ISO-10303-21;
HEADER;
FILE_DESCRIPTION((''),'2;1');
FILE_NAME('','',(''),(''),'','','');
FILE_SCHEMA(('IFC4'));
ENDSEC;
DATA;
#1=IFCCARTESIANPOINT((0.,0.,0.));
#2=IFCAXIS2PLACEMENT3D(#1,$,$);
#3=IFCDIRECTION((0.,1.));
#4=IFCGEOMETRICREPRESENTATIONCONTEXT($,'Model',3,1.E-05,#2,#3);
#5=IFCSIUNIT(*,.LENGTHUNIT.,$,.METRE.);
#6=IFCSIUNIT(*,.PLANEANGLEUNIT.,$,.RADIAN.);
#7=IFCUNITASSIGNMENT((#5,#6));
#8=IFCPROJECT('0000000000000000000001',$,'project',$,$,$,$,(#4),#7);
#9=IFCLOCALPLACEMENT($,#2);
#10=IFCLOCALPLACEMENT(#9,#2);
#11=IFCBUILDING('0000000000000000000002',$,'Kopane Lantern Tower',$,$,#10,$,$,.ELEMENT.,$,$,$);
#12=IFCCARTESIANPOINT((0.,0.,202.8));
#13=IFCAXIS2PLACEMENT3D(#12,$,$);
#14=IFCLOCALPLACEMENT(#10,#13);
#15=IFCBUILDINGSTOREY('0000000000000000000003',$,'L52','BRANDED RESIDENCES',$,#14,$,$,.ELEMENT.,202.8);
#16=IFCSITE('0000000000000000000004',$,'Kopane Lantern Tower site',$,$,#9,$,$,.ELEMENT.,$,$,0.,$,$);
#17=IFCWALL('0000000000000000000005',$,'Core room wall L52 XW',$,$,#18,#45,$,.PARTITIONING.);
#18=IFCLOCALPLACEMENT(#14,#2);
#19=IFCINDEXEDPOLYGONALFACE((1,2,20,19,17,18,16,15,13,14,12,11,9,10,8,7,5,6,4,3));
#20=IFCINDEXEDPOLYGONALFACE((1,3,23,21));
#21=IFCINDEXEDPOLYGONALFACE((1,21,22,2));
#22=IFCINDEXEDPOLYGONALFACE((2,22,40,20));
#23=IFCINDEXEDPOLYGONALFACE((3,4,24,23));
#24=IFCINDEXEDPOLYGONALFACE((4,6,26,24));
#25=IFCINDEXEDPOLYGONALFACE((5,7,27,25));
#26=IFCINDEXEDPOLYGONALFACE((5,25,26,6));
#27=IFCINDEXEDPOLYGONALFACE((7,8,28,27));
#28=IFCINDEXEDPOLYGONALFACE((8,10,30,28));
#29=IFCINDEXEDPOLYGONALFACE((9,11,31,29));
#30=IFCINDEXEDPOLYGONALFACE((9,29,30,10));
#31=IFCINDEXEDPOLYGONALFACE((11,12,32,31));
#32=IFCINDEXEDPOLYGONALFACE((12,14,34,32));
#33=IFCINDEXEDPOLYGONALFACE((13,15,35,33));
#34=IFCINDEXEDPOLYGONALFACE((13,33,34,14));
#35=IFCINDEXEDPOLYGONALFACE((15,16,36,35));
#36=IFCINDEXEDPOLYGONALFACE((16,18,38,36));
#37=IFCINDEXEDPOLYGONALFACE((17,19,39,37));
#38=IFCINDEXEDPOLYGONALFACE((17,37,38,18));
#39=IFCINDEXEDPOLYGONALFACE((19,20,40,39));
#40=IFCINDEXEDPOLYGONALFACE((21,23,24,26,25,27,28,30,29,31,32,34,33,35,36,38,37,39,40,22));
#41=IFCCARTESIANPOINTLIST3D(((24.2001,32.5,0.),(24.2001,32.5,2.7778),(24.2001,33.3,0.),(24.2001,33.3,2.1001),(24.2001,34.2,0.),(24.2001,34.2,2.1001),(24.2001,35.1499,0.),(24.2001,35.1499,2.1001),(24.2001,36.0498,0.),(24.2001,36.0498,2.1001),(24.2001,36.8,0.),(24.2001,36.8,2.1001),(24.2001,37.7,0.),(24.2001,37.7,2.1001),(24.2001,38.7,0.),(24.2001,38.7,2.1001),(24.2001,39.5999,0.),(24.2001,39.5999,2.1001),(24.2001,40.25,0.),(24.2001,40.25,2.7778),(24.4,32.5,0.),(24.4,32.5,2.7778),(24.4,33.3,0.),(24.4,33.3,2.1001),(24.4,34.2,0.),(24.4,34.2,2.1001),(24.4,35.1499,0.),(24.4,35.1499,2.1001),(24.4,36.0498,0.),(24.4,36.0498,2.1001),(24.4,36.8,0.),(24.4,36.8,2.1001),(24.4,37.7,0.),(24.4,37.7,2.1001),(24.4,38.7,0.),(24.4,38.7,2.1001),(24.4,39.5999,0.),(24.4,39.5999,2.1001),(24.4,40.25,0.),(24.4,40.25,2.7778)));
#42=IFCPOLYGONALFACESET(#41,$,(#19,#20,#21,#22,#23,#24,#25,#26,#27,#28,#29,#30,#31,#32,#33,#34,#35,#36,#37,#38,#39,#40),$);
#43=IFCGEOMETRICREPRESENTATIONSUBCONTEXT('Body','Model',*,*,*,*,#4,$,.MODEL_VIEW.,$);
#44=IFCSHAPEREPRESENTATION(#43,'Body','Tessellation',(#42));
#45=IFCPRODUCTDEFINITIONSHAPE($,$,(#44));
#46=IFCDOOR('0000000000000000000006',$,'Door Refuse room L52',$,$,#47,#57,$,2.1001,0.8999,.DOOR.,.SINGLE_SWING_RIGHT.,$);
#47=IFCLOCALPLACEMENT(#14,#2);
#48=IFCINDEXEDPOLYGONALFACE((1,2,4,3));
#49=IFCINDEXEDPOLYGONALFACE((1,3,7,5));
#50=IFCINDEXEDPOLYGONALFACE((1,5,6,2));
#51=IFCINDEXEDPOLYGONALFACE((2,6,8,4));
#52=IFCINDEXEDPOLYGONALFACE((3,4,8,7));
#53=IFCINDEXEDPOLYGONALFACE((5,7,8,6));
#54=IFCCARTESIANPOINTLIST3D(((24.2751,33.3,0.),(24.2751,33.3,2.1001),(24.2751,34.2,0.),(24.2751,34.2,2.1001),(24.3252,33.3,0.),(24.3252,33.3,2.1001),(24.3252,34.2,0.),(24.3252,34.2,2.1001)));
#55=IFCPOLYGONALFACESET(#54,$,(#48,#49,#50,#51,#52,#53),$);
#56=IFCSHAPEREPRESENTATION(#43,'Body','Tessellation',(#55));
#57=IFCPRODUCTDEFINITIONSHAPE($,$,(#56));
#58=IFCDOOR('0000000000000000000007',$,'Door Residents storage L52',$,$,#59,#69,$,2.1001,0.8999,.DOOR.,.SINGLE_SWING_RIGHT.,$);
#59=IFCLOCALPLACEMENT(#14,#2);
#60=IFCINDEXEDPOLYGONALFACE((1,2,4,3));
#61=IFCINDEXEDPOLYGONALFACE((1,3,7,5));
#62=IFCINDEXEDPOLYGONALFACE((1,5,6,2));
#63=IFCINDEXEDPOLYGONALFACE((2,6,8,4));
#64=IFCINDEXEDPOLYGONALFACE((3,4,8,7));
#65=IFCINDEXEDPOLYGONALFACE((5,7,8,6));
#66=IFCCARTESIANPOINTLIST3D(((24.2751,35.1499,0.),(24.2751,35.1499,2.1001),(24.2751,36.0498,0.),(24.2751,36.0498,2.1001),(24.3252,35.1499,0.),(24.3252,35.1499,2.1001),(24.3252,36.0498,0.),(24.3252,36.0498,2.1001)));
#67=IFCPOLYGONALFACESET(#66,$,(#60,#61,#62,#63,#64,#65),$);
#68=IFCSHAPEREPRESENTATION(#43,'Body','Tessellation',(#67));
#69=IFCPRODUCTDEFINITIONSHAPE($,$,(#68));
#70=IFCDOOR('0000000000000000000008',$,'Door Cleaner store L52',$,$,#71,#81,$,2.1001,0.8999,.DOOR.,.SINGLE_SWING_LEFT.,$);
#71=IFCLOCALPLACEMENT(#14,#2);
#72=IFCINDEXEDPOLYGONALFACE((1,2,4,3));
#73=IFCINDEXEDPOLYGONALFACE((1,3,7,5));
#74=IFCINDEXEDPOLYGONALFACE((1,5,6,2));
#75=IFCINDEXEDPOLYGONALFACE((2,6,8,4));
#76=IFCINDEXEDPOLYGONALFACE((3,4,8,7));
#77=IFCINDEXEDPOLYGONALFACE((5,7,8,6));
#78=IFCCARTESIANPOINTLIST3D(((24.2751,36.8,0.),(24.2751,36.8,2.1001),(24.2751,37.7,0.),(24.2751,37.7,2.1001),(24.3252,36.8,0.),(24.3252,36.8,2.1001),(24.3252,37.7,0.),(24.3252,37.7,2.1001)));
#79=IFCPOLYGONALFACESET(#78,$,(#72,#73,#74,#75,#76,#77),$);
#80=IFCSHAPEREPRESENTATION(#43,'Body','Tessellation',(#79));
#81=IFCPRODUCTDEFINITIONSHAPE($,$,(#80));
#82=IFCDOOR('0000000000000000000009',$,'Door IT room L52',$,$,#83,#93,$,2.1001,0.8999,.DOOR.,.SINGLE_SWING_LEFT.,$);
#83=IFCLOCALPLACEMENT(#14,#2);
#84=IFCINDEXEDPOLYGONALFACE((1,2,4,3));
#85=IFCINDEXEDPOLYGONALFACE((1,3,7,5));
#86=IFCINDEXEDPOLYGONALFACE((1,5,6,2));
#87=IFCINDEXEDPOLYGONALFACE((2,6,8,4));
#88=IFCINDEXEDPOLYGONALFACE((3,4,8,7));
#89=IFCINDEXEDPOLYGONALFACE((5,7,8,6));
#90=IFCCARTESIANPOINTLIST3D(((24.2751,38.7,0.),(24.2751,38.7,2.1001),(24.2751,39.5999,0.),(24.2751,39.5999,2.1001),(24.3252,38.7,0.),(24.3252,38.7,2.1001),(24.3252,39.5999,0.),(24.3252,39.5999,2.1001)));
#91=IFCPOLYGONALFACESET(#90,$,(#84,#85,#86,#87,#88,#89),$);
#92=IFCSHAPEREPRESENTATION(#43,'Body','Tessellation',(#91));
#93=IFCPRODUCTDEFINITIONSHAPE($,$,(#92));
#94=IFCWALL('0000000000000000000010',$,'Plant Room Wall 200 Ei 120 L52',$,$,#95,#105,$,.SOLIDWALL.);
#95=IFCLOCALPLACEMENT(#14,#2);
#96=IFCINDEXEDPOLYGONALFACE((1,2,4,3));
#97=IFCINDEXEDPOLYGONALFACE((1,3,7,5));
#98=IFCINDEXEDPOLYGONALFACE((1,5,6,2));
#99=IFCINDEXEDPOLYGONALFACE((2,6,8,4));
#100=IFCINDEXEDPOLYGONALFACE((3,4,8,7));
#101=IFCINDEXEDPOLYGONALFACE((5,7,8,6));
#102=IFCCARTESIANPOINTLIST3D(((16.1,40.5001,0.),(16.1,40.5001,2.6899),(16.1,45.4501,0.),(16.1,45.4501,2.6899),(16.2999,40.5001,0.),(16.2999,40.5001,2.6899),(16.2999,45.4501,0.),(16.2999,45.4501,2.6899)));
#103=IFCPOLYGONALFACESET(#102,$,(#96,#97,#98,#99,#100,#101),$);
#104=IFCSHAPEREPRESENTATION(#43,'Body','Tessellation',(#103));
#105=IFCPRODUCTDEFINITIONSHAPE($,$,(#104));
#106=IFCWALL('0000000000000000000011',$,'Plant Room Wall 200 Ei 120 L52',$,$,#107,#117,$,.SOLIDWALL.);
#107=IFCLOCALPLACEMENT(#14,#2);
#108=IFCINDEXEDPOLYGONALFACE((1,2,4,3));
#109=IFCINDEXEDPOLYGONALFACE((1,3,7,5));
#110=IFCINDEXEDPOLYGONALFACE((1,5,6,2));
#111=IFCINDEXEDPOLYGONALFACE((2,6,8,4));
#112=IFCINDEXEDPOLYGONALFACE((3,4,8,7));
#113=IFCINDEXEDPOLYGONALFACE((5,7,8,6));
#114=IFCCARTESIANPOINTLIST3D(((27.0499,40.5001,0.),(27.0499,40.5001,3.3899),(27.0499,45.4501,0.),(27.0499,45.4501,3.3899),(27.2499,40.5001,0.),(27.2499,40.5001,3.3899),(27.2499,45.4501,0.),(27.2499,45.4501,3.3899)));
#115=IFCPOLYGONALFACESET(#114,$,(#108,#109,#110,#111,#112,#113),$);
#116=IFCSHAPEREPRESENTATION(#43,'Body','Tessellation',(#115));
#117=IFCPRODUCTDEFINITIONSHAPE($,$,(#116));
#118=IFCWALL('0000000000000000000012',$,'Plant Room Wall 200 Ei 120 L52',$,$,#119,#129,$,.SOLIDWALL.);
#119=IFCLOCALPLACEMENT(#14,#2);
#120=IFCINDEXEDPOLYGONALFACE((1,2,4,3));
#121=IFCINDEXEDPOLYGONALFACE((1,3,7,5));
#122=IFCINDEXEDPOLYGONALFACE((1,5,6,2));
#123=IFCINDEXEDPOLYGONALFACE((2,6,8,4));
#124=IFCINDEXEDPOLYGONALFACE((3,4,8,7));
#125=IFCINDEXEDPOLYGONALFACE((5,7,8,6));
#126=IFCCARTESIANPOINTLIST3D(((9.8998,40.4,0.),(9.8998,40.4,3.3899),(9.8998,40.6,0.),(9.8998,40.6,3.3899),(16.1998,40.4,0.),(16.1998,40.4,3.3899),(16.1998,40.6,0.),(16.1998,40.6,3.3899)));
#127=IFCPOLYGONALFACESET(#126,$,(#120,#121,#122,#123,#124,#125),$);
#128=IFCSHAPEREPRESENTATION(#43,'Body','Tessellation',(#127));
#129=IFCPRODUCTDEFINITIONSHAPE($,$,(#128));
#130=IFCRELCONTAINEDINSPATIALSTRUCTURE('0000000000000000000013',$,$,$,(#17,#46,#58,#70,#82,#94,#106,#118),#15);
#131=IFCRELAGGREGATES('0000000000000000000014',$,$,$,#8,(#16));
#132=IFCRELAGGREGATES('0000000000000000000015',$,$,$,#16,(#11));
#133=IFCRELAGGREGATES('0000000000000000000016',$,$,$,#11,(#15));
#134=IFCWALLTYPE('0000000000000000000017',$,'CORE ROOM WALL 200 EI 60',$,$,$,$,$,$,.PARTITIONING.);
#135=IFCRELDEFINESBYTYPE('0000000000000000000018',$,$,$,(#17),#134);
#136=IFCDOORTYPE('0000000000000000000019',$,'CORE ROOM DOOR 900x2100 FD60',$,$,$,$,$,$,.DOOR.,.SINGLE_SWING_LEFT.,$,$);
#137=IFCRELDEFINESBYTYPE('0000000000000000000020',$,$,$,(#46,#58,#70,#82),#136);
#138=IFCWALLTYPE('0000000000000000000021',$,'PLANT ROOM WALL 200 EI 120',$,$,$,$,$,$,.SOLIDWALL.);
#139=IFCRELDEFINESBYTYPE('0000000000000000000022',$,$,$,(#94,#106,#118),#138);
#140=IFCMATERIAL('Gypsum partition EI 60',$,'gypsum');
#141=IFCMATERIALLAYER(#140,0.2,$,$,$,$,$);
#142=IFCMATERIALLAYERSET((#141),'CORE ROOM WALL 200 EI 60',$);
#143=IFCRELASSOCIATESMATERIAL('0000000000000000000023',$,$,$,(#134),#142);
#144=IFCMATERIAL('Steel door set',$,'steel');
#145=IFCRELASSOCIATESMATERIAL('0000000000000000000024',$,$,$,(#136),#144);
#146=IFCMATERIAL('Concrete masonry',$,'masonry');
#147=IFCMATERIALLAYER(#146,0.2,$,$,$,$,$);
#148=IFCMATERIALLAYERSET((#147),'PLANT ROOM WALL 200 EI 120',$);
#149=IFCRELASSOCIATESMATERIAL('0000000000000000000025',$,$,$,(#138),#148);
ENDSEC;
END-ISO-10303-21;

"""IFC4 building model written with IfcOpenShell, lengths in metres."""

from ifc_helpers import new_model, si_unit, direction, frame, frame_2d, origin, place, context, subcontext, project, spatial, rectangle, extrude, material, layer, layer_set, type_object, element, fill, save


model = new_model("IFC4")

# Units and contexts
model_context = context("Model", 3, precision=1e-05, world=origin(), true_north=direction((0.0, 1.0)))
body_context = subcontext(model_context, "Body", "Model", "MODEL_VIEW")
ifc_project = project(units=[si_unit("LENGTHUNIT", "METRE"), si_unit("PLANEANGLEUNIT", "RADIAN")], contexts=[model_context])

# Site, building, storey
site_placement = place(None, origin())
site = spatial("IfcSite", under=ifc_project, at=site_placement, Name="Kopane Lantern Tower site", CompositionType="ELEMENT", RefElevation=0.0)
building_placement = place(site_placement, origin())
building = spatial("IfcBuilding", under=site, at=building_placement, Name="Kopane Lantern Tower", CompositionType="ELEMENT")
storey_placement = place(building_placement, frame((0.0, 0.0, 202.8)))
storey = spatial("IfcBuildingStorey", under=building, at=storey_placement, Name="L52", Description="BRANDED RESIDENCES", CompositionType="ELEMENT", Elevation=202.8)

# Wall, openings, doors
ifc_material_1 = material(Name="Gypsum partition EI 60", Category="gypsum")
ifc_layer_1 = layer(ifc_material_1, 0.2)
ifc_layer_set_1 = layer_set([ifc_layer_1], Name="CORE ROOM WALL 200 EI 60")
wall_type_1 = type_object("IfcWallType", Name="CORE ROOM WALL 200 EI 60", PredefinedType="PARTITIONING", material=ifc_layer_set_1)
wall_1_placement = place(storey_placement, frame((24.3, 32.5, 0.0), z_axis=(0.0, 0.0, 1.0), x_axis=(0.0, 1.0, 0.0)))
wall_1 = element("IfcWall", 1, at=wall_1_placement, inside=storey, type_object=wall_type_1, Name="Core room wall L52 XW", PredefinedType="PARTITIONING", context=body_context, shape_type="SweptSolid", body=[
    extrude(rectangle(XDim=7.75, YDim=0.2, at=frame_2d((3.875, 0.0))), origin(), (0.0, 0.0, 1.0), 2.7778),
])
opening_1_placement = place(wall_1_placement, frame((0.8, 0.0, 0.0)))
opening_1 = element("IfcOpeningElement", 2, at=opening_1_placement, cuts=wall_1, PredefinedType="OPENING", context=body_context, shape_type="SweptSolid", body=[
    extrude(rectangle(XDim=0.8999, YDim=2.1001, at=frame_2d((0.45, 1.05))), frame((0.0, 0.1099, 0.0), z_axis=(0.0, -1.0, 0.0), x_axis=(1.0, 0.0, 0.0)), (0.0, 0.0, 1.0), 0.22),
])
opening_2_placement = place(wall_1_placement, frame((2.6499, 0.0, 0.0)))
opening_2 = element("IfcOpeningElement", 3, at=opening_2_placement, cuts=wall_1, PredefinedType="OPENING", context=body_context, shape_type="SweptSolid", body=[
    extrude(rectangle(XDim=0.8999, YDim=2.1001, at=frame_2d((0.45, 1.05))), frame((0.0, 0.1099, 0.0), z_axis=(0.0, -1.0, 0.0), x_axis=(1.0, 0.0, 0.0)), (0.0, 0.0, 1.0), 0.22),
])
opening_3_placement = place(wall_1_placement, frame((4.3, 0.0, 0.0)))
opening_3 = element("IfcOpeningElement", 4, at=opening_3_placement, cuts=wall_1, PredefinedType="OPENING", context=body_context, shape_type="SweptSolid", body=[
    extrude(rectangle(XDim=0.8999, YDim=2.1001, at=frame_2d((0.45, 1.05))), frame((0.0, 0.1099, 0.0), z_axis=(0.0, -1.0, 0.0), x_axis=(1.0, 0.0, 0.0)), (0.0, 0.0, 1.0), 0.22),
])
opening_4_placement = place(wall_1_placement, frame((6.2, 0.0, 0.0)))
opening_4 = element("IfcOpeningElement", 5, at=opening_4_placement, cuts=wall_1, PredefinedType="OPENING", context=body_context, shape_type="SweptSolid", body=[
    extrude(rectangle(XDim=0.8999, YDim=2.1001, at=frame_2d((0.45, 1.05))), frame((0.0, 0.1099, 0.0), z_axis=(0.0, -1.0, 0.0), x_axis=(1.0, 0.0, 0.0)), (0.0, 0.0, 1.0), 0.22),
])
ifc_material_2 = material(Name="Steel door set", Category="steel")
door_type_1 = type_object("IfcDoorType", Name="CORE ROOM DOOR 900x2100 FD60", OperationType="SINGLE_SWING_LEFT", PredefinedType="DOOR", material=ifc_material_2)
door_1_placement = place(opening_1_placement, origin())
door_1 = element("IfcDoor", 6, at=door_1_placement, inside=storey, type_object=door_type_1, Name="Door Refuse room L52", OperationType="SINGLE_SWING_RIGHT", OverallHeight=2.1001, OverallWidth=0.8999, PredefinedType="DOOR", context=body_context, shape_type="SweptSolid", body=[
    extrude(rectangle(XDim=0.8999, YDim=2.1001, at=frame_2d((0.45, 1.05))), frame((0.0, 0.0249, 0.0), z_axis=(0.0, -1.0, 0.0), x_axis=(1.0, 0.0, 0.0)), (0.0, 0.0, 1.0), 0.05),
])
fill(opening_1, door_1)
door_2_placement = place(opening_2_placement, origin())
door_2 = element("IfcDoor", 7, at=door_2_placement, inside=storey, type_object=door_type_1, Name="Door Residents storage L52", OperationType="SINGLE_SWING_RIGHT", OverallHeight=2.1001, OverallWidth=0.8999, PredefinedType="DOOR", context=body_context, shape_type="SweptSolid", body=[
    extrude(rectangle(XDim=0.8999, YDim=2.1001, at=frame_2d((0.45, 1.05))), frame((0.0, 0.0249, 0.0), z_axis=(0.0, -1.0, 0.0), x_axis=(1.0, 0.0, 0.0)), (0.0, 0.0, 1.0), 0.05),
])
fill(opening_2, door_2)
door_3_placement = place(opening_3_placement, origin())
door_3 = element("IfcDoor", 8, at=door_3_placement, inside=storey, type_object=door_type_1, Name="Door Cleaner store L52", OperationType="SINGLE_SWING_LEFT", OverallHeight=2.1001, OverallWidth=0.8999, PredefinedType="DOOR", context=body_context, shape_type="SweptSolid", body=[
    extrude(rectangle(XDim=0.8999, YDim=2.1001, at=frame_2d((0.45, 1.05))), frame((0.0, 0.0249, 0.0), z_axis=(0.0, -1.0, 0.0), x_axis=(1.0, 0.0, 0.0)), (0.0, 0.0, 1.0), 0.05),
])
fill(opening_3, door_3)
door_4_placement = place(opening_4_placement, origin())
door_4 = element("IfcDoor", 9, at=door_4_placement, inside=storey, type_object=door_type_1, Name="Door IT room L52", OperationType="SINGLE_SWING_LEFT", OverallHeight=2.1001, OverallWidth=0.8999, PredefinedType="DOOR", context=body_context, shape_type="SweptSolid", body=[
    extrude(rectangle(XDim=0.8999, YDim=2.1001, at=frame_2d((0.45, 1.05))), frame((0.0, 0.0249, 0.0), z_axis=(0.0, -1.0, 0.0), x_axis=(1.0, 0.0, 0.0)), (0.0, 0.0, 1.0), 0.05),
])
fill(opening_4, door_4)

# Walls
ifc_material_3 = material(Name="Concrete masonry", Category="masonry")
ifc_layer_2 = layer(ifc_material_3, 0.2)
ifc_layer_set_2 = layer_set([ifc_layer_2], Name="PLANT ROOM WALL 200 EI 120")
wall_type_2 = type_object("IfcWallType", Name="PLANT ROOM WALL 200 EI 120", PredefinedType="SOLIDWALL", material=ifc_layer_set_2)
wall_2_placement = place(storey_placement, frame((16.2, 40.5, 0.0), z_axis=(0.0, 0.0, 1.0), x_axis=(0.0, 1.0, 0.0)))
element("IfcWall", 10, at=wall_2_placement, inside=storey, type_object=wall_type_2, Name="Plant Room Wall 200 Ei 120 L52", PredefinedType="SOLIDWALL", context=body_context, shape_type="SweptSolid", body=[
    extrude(rectangle(XDim=4.95, YDim=0.2, at=frame_2d((2.4751, 0.0))), origin(), (0.0, 0.0, 1.0), 2.6899),
])
wall_3_placement = place(storey_placement, frame((27.1499, 40.5, 0.0), z_axis=(0.0, 0.0, 1.0), x_axis=(0.0, 1.0, 0.0)))
element("IfcWall", 11, at=wall_3_placement, inside=storey, type_object=wall_type_2, Name="Plant Room Wall 200 Ei 120 L52", PredefinedType="SOLIDWALL", context=body_context, shape_type="SweptSolid", body=[
    extrude(rectangle(XDim=4.95, YDim=0.2, at=frame_2d((2.4751, 0.0))), origin(), (0.0, 0.0, 1.0), 3.3899),
])
wall_4_placement = place(storey_placement, frame((9.8999, 40.5, 0.0), z_axis=(0.0, 0.0, 1.0), x_axis=(1.0, 0.0, 0.0)))
element("IfcWall", 12, at=wall_4_placement, inside=storey, type_object=wall_type_2, Name="Plant Room Wall 200 Ei 120 L52", PredefinedType="SOLIDWALL", context=body_context, shape_type="SweptSolid", body=[
    extrude(rectangle(XDim=6.3, YDim=0.2, at=frame_2d((3.1499, 0.0))), origin(), (0.0, 0.0, 1.0), 3.3899),
])

save(model, "model.ifc")
